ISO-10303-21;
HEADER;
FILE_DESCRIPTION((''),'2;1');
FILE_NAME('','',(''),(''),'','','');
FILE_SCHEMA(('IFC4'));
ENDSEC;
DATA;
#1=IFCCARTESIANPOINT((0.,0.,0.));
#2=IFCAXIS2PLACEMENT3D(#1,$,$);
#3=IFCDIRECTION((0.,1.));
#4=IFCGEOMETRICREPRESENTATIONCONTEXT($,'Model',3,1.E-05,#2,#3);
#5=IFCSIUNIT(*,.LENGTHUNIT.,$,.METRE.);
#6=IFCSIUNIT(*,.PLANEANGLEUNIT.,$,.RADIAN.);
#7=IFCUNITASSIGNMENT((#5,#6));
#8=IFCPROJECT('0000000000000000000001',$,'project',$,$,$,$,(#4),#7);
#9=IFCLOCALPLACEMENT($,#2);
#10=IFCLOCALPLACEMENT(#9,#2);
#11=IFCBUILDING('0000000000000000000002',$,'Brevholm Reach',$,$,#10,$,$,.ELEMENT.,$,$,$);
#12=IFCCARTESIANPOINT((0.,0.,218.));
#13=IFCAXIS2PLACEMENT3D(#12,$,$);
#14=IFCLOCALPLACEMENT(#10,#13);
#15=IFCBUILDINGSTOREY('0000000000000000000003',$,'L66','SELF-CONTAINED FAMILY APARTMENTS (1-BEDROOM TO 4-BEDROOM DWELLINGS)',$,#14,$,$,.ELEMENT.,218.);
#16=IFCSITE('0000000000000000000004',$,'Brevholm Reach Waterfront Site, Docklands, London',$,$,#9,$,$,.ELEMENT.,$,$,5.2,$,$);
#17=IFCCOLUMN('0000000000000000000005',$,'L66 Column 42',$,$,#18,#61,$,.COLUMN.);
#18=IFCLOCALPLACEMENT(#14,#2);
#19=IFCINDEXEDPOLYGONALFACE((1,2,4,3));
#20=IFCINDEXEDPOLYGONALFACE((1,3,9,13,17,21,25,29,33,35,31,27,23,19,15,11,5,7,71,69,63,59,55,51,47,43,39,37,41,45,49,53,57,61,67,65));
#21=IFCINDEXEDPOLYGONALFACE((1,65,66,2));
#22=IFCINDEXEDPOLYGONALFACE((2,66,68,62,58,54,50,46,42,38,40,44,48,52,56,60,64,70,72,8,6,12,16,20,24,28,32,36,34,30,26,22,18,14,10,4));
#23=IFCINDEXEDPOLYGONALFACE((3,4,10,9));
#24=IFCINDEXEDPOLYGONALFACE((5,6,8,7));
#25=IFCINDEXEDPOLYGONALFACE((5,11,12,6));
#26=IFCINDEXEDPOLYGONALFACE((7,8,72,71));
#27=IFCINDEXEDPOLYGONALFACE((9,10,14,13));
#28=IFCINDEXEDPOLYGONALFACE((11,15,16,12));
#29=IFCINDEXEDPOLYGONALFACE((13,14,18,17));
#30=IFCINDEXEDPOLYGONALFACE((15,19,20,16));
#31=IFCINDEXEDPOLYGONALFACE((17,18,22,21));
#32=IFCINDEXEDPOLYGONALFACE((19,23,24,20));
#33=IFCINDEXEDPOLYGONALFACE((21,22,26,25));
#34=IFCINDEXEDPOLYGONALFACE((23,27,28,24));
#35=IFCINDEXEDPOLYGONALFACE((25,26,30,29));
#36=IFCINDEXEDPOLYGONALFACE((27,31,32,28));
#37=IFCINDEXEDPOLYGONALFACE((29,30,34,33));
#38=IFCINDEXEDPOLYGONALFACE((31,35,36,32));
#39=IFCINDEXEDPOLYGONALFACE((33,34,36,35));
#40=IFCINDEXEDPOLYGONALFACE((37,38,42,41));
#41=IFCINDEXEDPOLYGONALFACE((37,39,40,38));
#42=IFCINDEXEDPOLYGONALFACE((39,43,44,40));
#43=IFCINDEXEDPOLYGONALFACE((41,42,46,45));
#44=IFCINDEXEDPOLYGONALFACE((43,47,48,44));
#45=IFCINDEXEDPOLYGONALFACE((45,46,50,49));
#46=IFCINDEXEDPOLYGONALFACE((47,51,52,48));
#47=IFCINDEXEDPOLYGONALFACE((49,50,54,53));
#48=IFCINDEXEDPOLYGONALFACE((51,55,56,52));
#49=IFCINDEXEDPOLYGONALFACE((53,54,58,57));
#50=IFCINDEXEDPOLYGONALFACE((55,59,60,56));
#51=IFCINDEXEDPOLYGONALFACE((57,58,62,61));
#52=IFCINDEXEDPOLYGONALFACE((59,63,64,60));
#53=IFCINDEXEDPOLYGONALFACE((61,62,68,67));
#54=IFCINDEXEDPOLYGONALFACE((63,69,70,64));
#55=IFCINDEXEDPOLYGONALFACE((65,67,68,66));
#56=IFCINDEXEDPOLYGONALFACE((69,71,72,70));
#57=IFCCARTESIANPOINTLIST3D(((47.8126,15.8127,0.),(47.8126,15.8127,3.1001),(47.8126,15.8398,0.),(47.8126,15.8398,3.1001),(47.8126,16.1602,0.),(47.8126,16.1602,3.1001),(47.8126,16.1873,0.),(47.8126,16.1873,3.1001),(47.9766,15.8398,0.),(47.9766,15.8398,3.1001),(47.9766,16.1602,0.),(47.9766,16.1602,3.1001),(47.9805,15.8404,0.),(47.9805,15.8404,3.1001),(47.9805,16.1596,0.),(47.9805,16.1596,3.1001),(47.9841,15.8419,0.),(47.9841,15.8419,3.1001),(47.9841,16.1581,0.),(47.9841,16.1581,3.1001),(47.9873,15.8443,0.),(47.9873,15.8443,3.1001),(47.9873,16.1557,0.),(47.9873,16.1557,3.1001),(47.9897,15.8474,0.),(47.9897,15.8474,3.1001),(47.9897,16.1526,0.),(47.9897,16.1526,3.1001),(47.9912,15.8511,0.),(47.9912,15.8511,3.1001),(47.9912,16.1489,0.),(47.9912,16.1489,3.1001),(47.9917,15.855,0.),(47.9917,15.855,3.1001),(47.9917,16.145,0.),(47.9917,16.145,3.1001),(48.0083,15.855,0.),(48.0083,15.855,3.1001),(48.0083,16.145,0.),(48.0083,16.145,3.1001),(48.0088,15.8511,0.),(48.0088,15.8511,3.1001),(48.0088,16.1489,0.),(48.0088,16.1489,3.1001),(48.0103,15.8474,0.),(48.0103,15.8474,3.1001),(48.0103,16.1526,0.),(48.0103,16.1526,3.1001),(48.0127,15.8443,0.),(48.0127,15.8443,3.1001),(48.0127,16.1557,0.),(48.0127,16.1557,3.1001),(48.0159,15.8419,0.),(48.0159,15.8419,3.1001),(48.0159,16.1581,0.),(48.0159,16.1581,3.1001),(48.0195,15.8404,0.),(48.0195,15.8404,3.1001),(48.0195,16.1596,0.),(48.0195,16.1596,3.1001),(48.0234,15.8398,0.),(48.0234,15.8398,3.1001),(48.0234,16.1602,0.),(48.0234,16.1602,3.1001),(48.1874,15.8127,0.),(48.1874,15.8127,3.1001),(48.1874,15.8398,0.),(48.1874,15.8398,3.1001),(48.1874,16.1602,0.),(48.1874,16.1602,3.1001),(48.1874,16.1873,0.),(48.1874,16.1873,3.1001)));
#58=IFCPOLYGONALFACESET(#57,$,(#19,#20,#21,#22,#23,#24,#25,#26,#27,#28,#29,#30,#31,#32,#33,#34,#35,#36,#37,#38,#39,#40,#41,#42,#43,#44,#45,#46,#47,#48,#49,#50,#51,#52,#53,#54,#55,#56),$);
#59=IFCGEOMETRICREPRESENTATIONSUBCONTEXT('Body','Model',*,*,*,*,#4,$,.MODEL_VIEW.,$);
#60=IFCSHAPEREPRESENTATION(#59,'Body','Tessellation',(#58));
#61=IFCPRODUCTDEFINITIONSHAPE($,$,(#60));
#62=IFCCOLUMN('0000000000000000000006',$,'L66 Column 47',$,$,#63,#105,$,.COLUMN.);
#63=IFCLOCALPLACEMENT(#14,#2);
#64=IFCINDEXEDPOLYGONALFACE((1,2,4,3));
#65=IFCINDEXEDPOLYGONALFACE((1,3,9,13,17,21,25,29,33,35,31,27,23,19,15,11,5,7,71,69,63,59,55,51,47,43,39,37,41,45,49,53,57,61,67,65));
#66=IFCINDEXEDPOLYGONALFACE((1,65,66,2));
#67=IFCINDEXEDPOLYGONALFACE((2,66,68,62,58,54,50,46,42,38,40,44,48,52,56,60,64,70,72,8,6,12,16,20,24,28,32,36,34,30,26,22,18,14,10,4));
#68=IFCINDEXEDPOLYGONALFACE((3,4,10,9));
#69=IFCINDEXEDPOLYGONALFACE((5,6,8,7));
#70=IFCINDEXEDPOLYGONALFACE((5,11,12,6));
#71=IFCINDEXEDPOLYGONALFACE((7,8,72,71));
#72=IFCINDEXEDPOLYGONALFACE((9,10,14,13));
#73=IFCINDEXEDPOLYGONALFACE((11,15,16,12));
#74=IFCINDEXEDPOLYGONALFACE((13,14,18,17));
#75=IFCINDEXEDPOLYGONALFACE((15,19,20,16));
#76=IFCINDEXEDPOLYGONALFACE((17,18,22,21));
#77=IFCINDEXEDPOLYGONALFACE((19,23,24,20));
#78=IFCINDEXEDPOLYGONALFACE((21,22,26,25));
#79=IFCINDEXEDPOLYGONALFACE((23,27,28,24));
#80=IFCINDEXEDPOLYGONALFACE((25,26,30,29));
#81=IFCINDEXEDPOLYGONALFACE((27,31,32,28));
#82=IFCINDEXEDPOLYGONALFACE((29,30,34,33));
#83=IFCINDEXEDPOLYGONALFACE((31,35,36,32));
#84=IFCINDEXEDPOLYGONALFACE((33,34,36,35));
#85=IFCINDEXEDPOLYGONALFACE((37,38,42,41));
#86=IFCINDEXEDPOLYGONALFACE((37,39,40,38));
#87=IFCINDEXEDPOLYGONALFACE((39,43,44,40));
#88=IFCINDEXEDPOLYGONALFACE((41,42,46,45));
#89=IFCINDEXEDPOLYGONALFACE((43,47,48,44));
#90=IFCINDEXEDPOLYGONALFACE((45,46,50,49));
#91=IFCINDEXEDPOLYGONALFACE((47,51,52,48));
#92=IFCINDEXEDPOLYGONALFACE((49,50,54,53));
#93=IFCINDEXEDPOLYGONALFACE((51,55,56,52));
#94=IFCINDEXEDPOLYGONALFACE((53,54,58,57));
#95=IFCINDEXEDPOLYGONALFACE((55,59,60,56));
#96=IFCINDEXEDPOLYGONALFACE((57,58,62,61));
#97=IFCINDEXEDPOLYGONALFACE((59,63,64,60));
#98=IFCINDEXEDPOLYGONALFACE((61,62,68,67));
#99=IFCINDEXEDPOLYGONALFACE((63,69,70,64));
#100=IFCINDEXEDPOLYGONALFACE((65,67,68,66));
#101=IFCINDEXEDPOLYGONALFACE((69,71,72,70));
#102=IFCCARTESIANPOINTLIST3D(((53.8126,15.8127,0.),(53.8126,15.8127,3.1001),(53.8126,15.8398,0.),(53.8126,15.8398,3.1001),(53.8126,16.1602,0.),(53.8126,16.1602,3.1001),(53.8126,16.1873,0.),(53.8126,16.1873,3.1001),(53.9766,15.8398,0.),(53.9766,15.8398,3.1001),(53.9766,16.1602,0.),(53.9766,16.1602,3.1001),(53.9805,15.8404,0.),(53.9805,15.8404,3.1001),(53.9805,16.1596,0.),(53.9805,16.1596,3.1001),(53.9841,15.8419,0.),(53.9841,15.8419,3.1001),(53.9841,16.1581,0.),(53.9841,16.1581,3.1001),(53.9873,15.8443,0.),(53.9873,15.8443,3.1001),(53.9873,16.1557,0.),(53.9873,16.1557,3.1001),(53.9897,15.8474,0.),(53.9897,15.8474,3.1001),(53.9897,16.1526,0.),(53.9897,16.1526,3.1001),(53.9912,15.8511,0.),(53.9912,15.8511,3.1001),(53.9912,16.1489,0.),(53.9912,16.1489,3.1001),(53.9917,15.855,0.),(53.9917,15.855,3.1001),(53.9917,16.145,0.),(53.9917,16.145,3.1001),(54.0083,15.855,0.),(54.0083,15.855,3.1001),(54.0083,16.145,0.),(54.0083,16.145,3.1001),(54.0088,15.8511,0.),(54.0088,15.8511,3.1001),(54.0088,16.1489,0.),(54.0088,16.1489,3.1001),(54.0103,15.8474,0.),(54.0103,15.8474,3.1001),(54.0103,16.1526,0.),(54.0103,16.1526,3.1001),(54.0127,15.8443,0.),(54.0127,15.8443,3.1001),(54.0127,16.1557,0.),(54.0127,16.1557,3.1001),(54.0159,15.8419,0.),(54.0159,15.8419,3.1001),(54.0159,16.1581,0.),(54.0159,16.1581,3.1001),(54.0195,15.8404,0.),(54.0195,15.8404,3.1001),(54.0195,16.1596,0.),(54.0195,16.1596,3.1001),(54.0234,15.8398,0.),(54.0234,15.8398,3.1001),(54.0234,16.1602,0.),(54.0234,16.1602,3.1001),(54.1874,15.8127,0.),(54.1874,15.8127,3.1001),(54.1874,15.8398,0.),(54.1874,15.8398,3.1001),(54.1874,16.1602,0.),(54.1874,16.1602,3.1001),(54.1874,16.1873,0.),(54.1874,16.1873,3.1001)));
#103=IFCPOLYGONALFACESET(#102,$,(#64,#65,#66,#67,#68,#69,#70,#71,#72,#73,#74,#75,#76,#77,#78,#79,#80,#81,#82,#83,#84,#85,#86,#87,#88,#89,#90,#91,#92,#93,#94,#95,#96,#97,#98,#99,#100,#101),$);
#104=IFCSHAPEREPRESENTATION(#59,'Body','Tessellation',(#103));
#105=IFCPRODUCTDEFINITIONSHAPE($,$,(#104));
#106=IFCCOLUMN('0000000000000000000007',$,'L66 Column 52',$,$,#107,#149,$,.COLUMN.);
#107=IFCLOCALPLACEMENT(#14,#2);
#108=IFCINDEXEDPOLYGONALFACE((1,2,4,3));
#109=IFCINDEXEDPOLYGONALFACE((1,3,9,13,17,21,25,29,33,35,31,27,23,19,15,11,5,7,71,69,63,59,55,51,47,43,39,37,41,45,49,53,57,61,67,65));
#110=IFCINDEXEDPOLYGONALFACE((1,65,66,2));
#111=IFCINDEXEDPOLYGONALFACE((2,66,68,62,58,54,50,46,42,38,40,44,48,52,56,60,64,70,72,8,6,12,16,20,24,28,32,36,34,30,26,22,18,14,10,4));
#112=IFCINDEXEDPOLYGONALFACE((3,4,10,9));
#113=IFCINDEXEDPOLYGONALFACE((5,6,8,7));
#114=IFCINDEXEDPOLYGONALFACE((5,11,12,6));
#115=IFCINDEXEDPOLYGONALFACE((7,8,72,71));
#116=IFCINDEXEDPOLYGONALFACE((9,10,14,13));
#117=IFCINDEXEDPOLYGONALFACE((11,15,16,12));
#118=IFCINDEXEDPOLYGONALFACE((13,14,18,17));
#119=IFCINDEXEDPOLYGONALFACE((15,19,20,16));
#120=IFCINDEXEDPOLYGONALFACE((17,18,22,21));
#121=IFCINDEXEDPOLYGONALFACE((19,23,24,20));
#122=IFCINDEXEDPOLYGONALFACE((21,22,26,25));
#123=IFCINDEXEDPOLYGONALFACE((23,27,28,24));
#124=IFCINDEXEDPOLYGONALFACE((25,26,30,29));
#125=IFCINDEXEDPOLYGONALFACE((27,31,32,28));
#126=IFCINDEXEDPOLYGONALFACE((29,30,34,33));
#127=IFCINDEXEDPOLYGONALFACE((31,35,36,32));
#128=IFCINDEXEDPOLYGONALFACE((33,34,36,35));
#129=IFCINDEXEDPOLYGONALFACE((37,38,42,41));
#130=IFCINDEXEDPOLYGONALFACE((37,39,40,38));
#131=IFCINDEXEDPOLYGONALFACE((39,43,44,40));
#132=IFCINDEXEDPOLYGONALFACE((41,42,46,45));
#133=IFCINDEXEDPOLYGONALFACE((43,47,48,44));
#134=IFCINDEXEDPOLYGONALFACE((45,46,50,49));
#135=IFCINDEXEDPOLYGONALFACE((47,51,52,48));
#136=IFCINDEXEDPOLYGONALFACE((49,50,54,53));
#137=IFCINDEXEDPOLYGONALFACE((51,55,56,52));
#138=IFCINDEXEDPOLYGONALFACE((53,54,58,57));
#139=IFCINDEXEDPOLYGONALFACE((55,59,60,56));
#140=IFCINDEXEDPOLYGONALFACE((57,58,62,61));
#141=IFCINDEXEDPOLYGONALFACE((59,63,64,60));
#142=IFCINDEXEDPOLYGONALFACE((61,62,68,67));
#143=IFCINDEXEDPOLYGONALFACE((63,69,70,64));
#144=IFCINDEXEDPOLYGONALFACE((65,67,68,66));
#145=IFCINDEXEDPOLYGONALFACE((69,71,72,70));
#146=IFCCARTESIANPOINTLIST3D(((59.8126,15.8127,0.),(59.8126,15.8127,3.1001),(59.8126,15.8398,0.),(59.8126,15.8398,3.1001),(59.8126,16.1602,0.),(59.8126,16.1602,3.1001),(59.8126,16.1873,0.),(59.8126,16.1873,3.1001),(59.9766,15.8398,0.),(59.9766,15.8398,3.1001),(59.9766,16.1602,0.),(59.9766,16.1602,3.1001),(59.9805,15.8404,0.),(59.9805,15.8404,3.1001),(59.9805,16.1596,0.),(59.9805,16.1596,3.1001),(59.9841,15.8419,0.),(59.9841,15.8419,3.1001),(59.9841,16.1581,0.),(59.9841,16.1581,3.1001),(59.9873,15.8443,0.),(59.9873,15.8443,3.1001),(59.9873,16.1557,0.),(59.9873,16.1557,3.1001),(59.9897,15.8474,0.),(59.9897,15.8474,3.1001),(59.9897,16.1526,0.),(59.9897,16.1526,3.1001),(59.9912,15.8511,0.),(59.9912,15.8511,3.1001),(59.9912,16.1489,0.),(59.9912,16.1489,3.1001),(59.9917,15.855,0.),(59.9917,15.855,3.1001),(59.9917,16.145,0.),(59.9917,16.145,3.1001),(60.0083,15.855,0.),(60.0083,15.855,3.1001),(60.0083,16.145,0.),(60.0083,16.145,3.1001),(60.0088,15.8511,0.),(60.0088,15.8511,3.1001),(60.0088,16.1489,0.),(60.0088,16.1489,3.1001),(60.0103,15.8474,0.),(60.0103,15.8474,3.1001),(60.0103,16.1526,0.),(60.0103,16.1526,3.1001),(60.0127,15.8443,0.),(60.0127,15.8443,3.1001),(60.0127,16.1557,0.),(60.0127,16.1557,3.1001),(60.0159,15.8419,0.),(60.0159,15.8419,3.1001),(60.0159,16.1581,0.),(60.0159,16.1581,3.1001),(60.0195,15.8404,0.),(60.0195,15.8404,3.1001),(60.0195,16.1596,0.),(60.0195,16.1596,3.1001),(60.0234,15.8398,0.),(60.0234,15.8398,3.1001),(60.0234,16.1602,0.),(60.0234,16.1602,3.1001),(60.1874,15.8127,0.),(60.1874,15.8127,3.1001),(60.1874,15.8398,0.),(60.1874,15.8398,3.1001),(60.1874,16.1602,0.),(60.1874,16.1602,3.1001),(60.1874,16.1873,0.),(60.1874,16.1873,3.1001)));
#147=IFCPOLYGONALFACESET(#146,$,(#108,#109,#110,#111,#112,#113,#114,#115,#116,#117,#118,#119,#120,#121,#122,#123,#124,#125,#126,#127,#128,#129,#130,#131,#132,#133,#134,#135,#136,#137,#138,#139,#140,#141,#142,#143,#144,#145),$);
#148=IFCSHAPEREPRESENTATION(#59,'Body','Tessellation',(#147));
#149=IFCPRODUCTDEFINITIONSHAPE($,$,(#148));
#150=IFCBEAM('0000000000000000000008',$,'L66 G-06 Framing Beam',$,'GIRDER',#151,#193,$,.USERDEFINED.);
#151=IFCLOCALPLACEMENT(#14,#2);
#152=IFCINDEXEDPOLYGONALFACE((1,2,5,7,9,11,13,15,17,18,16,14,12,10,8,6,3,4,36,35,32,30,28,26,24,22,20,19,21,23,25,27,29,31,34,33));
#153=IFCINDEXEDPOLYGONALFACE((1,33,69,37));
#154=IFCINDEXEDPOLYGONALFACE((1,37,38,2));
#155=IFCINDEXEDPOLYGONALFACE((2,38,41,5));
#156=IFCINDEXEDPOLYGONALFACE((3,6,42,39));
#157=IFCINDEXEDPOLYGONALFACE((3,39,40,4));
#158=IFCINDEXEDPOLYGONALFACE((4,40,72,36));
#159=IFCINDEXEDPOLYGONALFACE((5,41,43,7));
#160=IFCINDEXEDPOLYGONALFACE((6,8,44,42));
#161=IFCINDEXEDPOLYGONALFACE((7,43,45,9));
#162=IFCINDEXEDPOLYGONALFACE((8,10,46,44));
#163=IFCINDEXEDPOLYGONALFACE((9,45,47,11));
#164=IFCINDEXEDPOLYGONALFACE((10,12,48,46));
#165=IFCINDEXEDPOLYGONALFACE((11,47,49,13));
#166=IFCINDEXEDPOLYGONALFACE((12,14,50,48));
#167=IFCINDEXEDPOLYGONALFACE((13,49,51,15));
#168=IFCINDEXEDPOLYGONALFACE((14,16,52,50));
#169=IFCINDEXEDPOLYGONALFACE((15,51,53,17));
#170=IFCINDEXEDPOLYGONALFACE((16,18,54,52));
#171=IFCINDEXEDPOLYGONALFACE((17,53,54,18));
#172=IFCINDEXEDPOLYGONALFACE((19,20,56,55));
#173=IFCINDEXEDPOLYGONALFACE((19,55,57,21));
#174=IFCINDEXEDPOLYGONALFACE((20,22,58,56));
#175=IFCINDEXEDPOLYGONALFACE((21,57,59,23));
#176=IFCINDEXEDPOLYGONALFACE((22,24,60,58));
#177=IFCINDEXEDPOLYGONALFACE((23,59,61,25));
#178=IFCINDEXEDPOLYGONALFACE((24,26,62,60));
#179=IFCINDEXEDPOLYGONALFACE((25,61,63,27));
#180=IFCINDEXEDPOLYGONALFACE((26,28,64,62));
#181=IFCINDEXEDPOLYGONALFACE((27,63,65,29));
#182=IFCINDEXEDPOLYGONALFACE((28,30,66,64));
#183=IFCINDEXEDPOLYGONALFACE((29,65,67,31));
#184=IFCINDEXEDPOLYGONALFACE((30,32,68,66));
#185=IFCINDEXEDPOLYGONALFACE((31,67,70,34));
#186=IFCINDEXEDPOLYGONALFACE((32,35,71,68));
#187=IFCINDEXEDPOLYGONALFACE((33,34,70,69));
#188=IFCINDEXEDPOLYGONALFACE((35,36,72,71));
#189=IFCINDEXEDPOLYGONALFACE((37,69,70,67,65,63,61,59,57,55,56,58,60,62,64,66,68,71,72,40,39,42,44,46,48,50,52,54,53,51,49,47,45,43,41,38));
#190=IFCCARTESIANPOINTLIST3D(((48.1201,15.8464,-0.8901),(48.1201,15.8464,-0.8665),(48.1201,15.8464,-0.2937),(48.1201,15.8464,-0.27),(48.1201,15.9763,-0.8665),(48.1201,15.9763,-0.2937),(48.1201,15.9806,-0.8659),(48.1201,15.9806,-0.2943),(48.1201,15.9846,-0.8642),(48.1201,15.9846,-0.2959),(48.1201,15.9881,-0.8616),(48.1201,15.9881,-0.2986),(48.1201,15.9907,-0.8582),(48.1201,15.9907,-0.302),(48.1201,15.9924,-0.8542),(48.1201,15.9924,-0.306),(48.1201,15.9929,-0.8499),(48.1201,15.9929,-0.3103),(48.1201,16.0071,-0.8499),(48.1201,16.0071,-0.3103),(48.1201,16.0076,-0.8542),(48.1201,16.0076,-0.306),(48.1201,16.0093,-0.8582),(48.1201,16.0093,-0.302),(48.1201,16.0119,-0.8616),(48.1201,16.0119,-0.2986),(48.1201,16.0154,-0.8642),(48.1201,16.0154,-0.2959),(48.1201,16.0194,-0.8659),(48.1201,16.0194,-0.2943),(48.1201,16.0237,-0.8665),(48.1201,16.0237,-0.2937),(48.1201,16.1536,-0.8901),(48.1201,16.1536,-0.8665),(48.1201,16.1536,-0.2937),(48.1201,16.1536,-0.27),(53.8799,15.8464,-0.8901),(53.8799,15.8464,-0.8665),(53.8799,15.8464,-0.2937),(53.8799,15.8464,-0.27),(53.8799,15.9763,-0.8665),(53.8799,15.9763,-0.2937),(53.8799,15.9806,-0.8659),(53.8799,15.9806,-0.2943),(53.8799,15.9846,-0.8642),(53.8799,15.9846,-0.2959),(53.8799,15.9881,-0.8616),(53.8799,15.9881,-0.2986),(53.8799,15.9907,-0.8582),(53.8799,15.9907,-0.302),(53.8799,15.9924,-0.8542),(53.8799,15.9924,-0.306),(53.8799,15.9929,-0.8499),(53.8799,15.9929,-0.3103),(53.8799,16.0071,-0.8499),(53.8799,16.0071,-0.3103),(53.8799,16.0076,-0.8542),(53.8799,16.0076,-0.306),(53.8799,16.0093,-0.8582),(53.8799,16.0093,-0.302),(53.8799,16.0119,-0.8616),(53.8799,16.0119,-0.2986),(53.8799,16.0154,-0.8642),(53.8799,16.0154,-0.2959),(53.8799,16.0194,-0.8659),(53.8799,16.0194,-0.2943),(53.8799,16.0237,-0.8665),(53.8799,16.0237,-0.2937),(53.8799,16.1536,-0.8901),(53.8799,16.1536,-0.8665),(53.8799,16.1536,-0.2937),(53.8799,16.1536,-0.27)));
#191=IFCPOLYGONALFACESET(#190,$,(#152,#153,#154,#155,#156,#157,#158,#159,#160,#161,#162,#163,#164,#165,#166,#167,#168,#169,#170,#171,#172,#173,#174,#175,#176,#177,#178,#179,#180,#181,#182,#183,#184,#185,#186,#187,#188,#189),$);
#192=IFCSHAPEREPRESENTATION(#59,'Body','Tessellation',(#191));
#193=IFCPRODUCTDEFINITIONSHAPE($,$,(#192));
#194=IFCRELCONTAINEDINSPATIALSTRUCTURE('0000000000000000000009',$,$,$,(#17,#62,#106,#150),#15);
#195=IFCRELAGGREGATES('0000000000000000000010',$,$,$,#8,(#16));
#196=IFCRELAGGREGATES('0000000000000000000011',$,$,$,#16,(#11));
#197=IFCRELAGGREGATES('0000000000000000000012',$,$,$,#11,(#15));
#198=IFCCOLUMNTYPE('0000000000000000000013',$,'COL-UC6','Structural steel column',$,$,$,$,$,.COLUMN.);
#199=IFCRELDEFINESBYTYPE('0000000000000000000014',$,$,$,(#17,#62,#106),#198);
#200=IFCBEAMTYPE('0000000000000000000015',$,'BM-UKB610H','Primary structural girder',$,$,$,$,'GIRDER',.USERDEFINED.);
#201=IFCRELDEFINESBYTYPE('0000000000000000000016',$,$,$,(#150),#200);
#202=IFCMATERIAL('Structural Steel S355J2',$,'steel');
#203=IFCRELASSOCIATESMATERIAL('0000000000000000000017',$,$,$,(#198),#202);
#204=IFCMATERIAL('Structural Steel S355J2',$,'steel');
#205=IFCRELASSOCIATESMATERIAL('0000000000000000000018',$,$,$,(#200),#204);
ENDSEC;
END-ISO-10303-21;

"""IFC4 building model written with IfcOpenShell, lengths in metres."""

from ifc_helpers import new_model, si_unit, direction, frame, origin, origin_2d, place, context, subcontext, project, spatial, i_section, extrude, material, material_profile, profile_set, type_object, element, save


model = new_model("IFC4")

# Units and contexts
model_context = context("Model", 3, precision=1e-05, world=origin(), true_north=direction((0.0, 1.0)))
body_context = subcontext(model_context, "Body", "Model", "MODEL_VIEW")
ifc_project = project(units=[si_unit("LENGTHUNIT", "METRE"), si_unit("PLANEANGLEUNIT", "RADIAN")], contexts=[model_context])

# Site, building, storey
site_placement = place(None, origin())
site = spatial("IfcSite", under=ifc_project, at=site_placement, Name="Brevholm Reach Waterfront Site, Docklands, London", CompositionType="ELEMENT", RefElevation=5.2)
building_placement = place(site_placement, origin())
building = spatial("IfcBuilding", under=site, at=building_placement, Name="Brevholm Reach", CompositionType="ELEMENT")
storey_placement = place(building_placement, frame((0.0, 0.0, 218.0)))
storey = spatial("IfcBuildingStorey", under=building, at=storey_placement, Name="L66", Description="SELF-CONTAINED FAMILY APARTMENTS (1-BEDROOM TO 4-BEDROOM DWELLINGS)", CompositionType="ELEMENT", Elevation=218.0)

# Columns
ifc_material_1 = material(Name="Structural Steel S355J2", Category="steel")
ifc_material_profile_1 = material_profile(ifc_material_1, i_section(OverallWidth=0.3748, OverallDepth=0.3745, WebThickness=0.0166, FlangeThickness=0.0271, FilletRadius=0.0151, at=origin_2d()), Name="UKC 356x368x202")
ifc_profile_set_1 = profile_set([ifc_material_profile_1], Name="Structural Steel S355J2")
column_type = type_object("IfcColumnType", Name="COL-UC6", Description="Structural steel column", PredefinedType="COLUMN", material=ifc_profile_set_1)
for number, where, z_axis, x_axis, name in (
    (1, (48.0, 16.0, 0.0), (0.0, 0.0, 1.0), (1.0, 0.0, 0.0), "L66 Column 42"),
    (2, (54.0, 16.0, 0.0), (0.0, 0.0, 1.0), (1.0, 0.0, 0.0), "L66 Column 47"),
    (3, (60.0, 16.0, 0.0), (0.0, 0.0, 1.0), (1.0, 0.0, 0.0), "L66 Column 52"),
):
    element("IfcColumn", number, at=place(storey_placement, frame(where, z_axis=z_axis, x_axis=x_axis)), inside=storey, type_object=column_type, Name=name, PredefinedType="COLUMN", context=body_context, shape_type="SweptSolid", body=[
        extrude(i_section(OverallWidth=0.3748, OverallDepth=0.3745, WebThickness=0.0166, FlangeThickness=0.0271, FilletRadius=0.0151, at=origin_2d()), origin(), (0.0, 0.0, 1.0), 3.1001),
    ])

# Beam
ifc_material_2 = material(Name="Structural Steel S355J2", Category="steel")
ifc_material_profile_2 = material_profile(ifc_material_2, i_section(OverallWidth=0.3071, OverallDepth=0.6201, WebThickness=0.0142, FlangeThickness=0.0237, FilletRadius=0.0166, at=origin_2d()), Name="UKB 610x305x179")
ifc_profile_set_2 = profile_set([ifc_material_profile_2], Name="Structural Steel S355J2")
beam_type = type_object("IfcBeamType", Name="BM-UKB610H", Description="Primary structural girder", ElementType="GIRDER", PredefinedType="USERDEFINED", material=ifc_profile_set_2)
for number, where, z_axis, x_axis, name in (
    (4, (48.1201, 16.0, -0.5801), (1.0, 0.0, 0.0), (0.0, 1.0, 0.0), "L66 G-06 Framing Beam"),
):
    element("IfcBeam", number, at=place(storey_placement, frame(where, z_axis=z_axis, x_axis=x_axis)), inside=storey, type_object=beam_type, Name=name, ObjectType="GIRDER", PredefinedType="USERDEFINED", context=body_context, shape_type="SweptSolid", body=[
        extrude(i_section(OverallWidth=0.3071, OverallDepth=0.6201, WebThickness=0.0142, FlangeThickness=0.0237, FilletRadius=0.0166, at=origin_2d()), origin(), (0.0, 0.0, 1.0), 5.7598),
    ])

save(model, "model.ifc")
